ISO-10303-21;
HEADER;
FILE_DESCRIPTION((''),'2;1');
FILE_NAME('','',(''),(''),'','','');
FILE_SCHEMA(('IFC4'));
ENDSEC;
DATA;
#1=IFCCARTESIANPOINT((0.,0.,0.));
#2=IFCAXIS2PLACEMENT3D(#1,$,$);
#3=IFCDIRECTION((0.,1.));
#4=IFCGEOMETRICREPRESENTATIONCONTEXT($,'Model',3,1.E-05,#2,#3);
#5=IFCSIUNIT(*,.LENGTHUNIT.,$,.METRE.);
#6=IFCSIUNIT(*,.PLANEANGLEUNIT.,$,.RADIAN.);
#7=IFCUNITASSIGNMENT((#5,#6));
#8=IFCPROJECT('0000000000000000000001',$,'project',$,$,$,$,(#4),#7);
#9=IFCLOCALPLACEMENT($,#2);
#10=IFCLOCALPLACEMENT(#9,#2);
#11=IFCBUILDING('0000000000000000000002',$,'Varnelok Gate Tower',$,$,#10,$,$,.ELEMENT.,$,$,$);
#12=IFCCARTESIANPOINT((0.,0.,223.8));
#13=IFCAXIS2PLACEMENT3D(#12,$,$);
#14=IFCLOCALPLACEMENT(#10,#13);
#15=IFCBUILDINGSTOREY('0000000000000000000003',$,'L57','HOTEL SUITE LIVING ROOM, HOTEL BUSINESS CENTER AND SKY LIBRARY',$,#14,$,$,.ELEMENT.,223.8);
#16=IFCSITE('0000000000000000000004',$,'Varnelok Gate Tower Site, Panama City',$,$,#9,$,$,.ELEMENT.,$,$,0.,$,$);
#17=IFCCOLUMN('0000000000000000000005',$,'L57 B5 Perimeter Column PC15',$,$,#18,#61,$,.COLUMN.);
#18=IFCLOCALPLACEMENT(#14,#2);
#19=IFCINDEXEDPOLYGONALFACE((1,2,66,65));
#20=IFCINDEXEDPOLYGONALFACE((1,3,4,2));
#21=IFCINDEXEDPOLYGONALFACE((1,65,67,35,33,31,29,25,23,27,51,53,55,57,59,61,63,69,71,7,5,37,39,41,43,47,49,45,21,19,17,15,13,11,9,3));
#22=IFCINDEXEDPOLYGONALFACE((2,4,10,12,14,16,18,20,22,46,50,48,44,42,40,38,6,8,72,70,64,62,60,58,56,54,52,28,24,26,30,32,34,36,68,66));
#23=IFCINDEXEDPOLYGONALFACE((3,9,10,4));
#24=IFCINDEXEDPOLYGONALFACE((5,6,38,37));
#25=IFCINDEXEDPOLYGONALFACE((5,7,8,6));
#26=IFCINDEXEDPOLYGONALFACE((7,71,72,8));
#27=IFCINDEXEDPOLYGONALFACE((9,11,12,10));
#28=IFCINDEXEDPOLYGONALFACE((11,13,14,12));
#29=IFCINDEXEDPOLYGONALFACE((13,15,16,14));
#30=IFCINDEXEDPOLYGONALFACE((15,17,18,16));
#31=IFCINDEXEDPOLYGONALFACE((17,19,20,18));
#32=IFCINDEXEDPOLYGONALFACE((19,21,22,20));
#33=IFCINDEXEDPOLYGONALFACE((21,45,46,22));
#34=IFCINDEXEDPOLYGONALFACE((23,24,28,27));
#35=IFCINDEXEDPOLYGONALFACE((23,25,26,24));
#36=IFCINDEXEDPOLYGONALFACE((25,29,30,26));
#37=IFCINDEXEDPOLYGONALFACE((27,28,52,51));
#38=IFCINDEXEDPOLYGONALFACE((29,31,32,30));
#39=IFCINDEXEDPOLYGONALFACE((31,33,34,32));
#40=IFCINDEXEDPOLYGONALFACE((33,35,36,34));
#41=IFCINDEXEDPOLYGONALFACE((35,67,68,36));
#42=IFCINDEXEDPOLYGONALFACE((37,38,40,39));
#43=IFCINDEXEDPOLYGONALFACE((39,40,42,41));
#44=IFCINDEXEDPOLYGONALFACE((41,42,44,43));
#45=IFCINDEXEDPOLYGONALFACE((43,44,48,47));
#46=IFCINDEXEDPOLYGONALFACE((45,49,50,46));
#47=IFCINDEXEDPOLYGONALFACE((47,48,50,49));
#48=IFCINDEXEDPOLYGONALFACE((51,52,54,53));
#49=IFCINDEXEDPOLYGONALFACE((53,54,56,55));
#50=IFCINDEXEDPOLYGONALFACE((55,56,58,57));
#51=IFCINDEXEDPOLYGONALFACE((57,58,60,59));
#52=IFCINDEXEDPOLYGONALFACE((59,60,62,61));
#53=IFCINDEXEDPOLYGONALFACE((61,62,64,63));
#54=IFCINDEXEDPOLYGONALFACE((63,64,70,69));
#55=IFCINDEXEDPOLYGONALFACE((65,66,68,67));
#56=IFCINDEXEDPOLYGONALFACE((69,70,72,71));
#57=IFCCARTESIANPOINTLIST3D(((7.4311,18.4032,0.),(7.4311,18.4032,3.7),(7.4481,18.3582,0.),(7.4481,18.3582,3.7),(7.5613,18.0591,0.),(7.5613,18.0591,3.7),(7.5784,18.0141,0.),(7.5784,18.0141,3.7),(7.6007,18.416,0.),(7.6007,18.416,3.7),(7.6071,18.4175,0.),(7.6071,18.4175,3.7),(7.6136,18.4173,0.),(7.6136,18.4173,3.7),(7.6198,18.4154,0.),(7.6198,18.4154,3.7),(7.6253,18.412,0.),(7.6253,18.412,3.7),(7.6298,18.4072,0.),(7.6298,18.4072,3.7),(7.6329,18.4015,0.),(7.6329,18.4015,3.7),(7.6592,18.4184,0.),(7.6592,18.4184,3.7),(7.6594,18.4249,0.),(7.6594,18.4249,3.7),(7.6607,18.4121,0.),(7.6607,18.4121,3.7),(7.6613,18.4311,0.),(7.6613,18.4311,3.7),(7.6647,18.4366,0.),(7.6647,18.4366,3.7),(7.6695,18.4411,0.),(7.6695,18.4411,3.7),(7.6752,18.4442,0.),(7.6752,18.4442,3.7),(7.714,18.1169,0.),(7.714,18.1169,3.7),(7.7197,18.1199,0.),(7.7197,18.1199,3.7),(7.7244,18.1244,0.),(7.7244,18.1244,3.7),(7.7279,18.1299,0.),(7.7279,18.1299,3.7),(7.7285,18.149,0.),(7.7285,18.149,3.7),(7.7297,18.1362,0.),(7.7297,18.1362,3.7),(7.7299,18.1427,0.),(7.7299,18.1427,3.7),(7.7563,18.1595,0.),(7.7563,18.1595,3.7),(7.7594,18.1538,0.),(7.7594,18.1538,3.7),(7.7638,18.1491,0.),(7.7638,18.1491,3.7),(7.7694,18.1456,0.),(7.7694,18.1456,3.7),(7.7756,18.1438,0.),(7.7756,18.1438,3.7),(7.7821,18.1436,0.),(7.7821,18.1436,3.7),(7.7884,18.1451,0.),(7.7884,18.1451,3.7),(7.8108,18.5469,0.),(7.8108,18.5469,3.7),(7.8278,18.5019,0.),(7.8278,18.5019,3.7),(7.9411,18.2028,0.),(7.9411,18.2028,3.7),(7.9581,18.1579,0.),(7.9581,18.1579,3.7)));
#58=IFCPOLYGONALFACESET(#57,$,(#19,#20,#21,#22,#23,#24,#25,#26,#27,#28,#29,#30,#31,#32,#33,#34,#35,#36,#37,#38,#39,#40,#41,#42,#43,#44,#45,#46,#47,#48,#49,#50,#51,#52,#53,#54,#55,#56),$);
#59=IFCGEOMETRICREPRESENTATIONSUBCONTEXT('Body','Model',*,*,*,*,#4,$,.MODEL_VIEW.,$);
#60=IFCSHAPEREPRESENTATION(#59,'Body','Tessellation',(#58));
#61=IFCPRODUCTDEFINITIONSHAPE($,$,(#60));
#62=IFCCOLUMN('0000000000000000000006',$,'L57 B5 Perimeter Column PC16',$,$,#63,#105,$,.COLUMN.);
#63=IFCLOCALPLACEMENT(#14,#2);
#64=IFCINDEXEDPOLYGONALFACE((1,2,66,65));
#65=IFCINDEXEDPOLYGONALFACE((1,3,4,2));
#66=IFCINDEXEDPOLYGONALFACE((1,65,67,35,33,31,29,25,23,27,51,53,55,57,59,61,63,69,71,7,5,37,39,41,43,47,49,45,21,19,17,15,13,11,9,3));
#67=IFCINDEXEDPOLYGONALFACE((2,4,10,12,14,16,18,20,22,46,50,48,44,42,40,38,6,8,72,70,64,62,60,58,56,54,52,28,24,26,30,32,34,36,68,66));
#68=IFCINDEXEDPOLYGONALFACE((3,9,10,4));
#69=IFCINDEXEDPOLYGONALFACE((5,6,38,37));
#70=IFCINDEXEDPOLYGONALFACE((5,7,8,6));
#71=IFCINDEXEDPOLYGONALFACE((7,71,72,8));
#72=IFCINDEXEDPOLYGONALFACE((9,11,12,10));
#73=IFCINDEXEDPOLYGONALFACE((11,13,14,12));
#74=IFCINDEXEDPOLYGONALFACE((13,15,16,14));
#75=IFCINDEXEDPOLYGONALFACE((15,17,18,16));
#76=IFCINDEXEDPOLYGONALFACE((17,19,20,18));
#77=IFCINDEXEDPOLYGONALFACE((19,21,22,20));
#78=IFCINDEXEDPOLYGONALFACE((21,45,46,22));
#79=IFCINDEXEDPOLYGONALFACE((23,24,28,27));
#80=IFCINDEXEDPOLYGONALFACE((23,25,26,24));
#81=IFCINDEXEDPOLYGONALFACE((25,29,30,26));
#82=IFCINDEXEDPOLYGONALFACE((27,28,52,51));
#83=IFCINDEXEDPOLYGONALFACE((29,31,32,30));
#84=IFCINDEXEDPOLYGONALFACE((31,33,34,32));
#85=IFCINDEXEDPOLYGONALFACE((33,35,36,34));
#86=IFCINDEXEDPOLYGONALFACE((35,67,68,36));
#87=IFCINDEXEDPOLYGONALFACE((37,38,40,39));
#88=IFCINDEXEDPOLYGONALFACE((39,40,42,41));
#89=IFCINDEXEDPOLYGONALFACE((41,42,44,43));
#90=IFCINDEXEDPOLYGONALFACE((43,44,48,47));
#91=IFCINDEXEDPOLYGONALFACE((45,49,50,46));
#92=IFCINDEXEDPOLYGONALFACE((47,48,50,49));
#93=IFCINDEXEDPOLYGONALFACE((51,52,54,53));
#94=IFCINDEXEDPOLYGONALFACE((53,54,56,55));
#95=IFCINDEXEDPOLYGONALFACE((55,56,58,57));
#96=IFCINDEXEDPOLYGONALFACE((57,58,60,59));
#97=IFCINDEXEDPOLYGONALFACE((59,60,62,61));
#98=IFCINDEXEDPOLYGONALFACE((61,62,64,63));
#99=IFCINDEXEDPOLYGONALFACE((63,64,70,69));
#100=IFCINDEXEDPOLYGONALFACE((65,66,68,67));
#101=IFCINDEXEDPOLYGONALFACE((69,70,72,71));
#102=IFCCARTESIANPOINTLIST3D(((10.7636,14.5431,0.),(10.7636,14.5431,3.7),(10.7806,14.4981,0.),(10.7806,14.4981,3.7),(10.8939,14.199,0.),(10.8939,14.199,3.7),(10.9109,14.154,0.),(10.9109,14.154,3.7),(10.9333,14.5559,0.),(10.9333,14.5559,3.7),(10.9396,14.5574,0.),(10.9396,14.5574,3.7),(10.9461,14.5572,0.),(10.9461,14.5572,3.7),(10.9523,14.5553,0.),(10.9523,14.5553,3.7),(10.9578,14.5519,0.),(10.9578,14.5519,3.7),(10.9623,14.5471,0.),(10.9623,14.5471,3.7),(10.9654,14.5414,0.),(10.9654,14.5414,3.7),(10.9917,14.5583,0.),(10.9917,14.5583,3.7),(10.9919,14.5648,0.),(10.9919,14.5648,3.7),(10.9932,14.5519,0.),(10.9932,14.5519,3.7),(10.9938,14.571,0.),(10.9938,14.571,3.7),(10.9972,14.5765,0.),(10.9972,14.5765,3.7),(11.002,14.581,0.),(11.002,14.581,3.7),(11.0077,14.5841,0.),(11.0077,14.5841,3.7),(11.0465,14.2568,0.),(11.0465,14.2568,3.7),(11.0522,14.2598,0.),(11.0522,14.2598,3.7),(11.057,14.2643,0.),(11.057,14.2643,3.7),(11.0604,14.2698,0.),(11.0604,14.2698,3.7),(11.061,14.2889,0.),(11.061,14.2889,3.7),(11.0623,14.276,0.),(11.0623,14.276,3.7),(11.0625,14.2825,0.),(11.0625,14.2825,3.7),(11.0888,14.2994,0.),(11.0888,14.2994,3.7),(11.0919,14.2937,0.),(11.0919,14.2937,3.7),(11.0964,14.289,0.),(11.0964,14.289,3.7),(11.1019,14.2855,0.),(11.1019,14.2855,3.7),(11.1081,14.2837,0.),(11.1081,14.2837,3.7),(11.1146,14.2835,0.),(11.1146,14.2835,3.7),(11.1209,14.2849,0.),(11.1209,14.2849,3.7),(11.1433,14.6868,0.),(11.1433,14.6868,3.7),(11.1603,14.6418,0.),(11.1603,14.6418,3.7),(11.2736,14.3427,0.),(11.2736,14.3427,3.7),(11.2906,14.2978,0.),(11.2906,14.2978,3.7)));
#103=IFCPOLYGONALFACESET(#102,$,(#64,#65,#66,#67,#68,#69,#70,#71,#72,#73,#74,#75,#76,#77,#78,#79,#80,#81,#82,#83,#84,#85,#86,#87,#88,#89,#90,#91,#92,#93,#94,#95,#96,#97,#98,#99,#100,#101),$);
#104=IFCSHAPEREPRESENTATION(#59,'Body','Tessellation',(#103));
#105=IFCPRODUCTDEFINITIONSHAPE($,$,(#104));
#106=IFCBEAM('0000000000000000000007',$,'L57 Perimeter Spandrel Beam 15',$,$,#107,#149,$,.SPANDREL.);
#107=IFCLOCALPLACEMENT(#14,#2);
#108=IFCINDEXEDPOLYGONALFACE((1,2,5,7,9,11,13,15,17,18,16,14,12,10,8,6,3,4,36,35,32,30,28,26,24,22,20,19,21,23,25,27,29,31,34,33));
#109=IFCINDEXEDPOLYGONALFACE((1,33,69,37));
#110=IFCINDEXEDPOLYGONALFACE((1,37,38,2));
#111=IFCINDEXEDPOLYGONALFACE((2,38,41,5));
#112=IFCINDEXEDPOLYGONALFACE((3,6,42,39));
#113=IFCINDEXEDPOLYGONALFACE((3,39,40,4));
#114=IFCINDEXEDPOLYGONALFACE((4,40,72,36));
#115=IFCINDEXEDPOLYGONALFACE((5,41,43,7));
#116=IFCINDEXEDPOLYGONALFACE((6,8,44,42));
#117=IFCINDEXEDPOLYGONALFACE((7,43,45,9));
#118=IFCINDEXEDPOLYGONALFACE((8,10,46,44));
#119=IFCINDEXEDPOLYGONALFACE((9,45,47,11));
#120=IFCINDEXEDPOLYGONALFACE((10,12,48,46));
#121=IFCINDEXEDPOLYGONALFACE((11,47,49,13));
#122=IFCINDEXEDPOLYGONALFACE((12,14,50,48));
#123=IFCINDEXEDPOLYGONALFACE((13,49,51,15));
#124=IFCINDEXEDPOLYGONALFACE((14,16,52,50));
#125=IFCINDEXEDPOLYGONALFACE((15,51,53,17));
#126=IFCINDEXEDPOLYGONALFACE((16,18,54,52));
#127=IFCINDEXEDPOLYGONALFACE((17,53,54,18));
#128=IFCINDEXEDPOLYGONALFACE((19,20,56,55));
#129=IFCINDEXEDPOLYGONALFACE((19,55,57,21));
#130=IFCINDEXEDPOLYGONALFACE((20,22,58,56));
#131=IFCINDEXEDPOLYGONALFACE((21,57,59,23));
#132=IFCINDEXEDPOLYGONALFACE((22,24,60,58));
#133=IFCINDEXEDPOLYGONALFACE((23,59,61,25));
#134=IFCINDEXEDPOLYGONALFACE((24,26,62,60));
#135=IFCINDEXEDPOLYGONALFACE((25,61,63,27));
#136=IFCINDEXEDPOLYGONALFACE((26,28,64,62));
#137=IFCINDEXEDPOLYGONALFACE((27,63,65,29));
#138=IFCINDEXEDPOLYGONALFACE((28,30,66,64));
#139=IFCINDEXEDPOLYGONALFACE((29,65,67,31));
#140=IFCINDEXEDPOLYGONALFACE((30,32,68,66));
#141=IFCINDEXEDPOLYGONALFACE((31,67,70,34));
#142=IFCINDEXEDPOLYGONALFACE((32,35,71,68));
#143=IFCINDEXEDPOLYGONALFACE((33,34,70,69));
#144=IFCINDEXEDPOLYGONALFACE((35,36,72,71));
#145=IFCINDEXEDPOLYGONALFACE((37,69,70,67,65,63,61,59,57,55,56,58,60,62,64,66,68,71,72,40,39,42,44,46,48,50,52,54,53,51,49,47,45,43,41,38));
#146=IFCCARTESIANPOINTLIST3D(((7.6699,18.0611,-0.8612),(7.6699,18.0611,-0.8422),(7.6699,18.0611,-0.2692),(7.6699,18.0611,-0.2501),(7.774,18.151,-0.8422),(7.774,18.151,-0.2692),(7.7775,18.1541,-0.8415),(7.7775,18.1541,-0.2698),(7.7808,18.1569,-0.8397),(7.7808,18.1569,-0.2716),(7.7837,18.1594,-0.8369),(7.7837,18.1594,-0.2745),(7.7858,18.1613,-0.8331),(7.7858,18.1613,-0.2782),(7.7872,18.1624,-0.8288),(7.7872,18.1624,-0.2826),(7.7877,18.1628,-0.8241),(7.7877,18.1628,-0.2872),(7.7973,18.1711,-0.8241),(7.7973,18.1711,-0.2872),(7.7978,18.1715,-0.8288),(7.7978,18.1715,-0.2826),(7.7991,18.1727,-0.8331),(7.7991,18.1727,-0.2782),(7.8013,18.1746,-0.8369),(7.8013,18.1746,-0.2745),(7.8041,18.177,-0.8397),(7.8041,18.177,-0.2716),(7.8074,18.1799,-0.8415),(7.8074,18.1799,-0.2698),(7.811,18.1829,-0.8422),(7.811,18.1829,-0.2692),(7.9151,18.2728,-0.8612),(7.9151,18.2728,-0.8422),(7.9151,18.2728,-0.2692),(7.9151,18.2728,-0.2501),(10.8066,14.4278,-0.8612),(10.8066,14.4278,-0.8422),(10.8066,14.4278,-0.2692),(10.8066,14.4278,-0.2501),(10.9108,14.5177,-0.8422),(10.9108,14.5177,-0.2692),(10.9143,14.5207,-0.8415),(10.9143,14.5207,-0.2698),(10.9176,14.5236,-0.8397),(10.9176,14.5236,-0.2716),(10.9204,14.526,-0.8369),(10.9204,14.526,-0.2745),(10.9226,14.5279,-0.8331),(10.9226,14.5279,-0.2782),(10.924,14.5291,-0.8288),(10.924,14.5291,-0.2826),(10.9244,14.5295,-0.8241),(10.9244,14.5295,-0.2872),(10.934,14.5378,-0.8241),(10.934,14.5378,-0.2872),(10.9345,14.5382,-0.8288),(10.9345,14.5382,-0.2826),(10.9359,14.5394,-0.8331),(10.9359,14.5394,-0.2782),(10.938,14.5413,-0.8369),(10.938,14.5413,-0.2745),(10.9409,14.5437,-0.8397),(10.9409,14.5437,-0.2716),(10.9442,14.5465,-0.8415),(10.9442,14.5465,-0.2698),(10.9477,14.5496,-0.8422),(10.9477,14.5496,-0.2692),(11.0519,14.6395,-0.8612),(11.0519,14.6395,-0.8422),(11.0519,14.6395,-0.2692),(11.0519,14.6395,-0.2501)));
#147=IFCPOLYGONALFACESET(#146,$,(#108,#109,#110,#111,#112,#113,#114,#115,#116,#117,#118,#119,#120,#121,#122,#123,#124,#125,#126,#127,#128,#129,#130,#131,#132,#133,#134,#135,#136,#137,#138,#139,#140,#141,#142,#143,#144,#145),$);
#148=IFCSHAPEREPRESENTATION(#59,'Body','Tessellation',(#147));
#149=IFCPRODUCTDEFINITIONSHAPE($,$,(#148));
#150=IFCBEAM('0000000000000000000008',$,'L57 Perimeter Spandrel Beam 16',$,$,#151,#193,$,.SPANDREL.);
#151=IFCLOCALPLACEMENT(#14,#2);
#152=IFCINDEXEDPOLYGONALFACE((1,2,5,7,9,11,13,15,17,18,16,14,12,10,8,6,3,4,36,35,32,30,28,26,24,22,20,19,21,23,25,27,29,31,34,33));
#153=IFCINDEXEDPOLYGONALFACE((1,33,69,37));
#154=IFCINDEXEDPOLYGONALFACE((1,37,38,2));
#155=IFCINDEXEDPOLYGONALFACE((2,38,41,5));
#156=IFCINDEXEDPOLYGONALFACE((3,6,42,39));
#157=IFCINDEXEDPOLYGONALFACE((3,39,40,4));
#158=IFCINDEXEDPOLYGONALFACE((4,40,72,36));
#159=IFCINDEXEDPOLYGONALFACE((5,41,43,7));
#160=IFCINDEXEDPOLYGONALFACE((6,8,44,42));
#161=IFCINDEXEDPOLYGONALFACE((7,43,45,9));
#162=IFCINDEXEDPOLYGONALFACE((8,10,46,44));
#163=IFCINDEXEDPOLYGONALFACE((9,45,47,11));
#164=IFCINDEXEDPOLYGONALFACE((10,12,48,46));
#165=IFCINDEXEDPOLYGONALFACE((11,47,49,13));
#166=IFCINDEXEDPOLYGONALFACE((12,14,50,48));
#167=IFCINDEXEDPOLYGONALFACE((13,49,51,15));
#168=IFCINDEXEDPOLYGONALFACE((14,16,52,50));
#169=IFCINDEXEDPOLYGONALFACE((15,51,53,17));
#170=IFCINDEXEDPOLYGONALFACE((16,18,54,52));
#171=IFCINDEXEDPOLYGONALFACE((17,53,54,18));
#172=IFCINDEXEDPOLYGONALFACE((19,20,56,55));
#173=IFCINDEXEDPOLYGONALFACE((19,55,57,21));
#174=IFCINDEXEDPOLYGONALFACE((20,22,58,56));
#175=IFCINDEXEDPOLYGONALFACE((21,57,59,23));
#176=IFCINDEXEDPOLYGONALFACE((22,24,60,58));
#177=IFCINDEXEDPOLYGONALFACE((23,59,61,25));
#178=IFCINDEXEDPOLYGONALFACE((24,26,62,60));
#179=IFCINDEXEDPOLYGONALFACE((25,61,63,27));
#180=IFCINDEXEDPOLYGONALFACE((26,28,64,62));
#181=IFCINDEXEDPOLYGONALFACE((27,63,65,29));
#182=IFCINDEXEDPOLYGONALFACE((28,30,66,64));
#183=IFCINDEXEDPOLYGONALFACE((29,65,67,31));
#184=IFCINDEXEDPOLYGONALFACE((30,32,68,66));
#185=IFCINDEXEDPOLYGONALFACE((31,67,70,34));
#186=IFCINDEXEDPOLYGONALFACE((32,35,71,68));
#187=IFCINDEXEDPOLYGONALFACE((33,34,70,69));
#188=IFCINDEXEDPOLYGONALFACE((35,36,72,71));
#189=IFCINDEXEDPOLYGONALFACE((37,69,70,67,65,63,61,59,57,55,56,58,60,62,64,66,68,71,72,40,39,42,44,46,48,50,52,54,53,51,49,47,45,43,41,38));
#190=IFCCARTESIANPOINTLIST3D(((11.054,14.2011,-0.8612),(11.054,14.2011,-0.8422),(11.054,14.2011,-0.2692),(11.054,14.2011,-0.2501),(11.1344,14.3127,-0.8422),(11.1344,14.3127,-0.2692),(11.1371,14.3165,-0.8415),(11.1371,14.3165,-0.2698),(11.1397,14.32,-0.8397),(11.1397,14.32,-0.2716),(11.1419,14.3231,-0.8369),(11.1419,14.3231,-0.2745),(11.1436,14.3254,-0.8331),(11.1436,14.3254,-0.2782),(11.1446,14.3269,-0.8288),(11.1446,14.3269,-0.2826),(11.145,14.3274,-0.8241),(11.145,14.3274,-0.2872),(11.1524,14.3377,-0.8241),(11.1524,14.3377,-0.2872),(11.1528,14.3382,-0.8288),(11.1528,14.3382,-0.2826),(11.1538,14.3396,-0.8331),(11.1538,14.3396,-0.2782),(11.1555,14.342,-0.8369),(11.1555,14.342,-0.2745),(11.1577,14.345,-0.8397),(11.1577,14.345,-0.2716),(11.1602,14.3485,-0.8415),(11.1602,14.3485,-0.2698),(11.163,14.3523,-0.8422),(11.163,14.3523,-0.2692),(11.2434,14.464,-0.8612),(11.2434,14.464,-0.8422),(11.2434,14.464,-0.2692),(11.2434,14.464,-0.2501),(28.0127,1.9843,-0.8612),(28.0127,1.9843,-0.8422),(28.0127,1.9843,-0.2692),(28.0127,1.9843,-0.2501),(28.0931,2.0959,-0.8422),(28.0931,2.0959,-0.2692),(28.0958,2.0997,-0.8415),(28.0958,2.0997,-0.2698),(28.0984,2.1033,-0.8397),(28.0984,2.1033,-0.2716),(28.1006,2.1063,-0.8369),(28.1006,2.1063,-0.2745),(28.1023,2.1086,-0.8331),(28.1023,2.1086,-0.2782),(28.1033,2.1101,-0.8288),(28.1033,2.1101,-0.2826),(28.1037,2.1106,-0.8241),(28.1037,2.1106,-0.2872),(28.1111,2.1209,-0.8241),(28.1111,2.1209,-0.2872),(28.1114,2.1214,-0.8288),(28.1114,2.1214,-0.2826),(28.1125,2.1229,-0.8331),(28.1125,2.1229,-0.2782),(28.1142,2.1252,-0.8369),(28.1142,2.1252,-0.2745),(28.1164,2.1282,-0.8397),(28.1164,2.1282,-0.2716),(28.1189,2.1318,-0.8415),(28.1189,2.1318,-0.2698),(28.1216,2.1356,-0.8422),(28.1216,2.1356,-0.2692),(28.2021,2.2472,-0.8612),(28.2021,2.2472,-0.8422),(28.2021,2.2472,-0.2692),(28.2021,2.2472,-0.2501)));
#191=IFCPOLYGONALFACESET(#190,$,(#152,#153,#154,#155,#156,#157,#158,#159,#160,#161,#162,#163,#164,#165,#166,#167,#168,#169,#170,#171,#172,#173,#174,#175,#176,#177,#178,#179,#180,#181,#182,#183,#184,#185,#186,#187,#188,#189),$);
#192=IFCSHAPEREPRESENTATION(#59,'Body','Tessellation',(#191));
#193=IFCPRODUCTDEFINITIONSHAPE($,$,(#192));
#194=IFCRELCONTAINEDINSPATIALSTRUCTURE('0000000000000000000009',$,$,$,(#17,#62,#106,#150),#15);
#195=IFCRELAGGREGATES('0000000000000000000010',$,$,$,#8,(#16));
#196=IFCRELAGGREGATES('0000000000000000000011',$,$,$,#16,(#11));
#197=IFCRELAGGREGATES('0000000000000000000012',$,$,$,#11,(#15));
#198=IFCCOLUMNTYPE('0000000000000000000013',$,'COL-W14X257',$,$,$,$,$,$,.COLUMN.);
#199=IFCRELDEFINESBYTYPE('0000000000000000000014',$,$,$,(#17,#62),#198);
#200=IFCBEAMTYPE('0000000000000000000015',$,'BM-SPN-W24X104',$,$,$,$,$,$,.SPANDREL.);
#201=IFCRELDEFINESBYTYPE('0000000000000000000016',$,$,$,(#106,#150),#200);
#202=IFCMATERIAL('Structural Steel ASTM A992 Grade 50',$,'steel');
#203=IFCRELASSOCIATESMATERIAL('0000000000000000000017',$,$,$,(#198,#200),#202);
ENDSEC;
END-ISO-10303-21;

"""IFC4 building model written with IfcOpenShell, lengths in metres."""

from ifc_helpers import new_model, si_unit, direction, frame, origin, origin_2d, place, context, subcontext, project, spatial, i_section, extrude, material, material_profile, profile_set, type_object, element, save


model = new_model("IFC4")

# Units and contexts
model_context = context("Model", 3, precision=1e-05, world=origin(), true_north=direction((0.0, 1.0)))
body_context = subcontext(model_context, "Body", "Model", "MODEL_VIEW")
ifc_project = project(units=[si_unit("LENGTHUNIT", "METRE"), si_unit("PLANEANGLEUNIT", "RADIAN")], contexts=[model_context])

# Site, building, storey
site_placement = place(None, origin())
site = spatial("IfcSite", under=ifc_project, at=site_placement, Name="Varnelok Gate Tower Site, Panama City", CompositionType="ELEMENT", RefElevation=0.0)
building_placement = place(site_placement, origin())
building = spatial("IfcBuilding", under=site, at=building_placement, Name="Varnelok Gate Tower", CompositionType="ELEMENT")
storey_placement = place(building_placement, frame((0.0, 0.0, 223.8)))
storey = spatial("IfcBuildingStorey", under=building, at=storey_placement, Name="L57", Description="HOTEL SUITE LIVING ROOM, HOTEL BUSINESS CENTER AND SKY LIBRARY", CompositionType="ELEMENT", Elevation=223.8)

# Columns
ifc_material_1 = material(Name="Structural Steel ASTM A992 Grade 50", Category="steel")
ifc_material_profile_1 = material_profile(ifc_material_1, i_section(OverallWidth=0.406, OverallDepth=0.416, WebThickness=0.0298, FlangeThickness=0.0481, FilletRadius=0.0249, at=origin_2d()), Name="W14X257")
ifc_profile_set_1 = profile_set([ifc_material_profile_1], Name="Structural Steel ASTM A992 Grade 50")
column_type = type_object("IfcColumnType", Name="COL-W14X257", PredefinedType="COLUMN", material=ifc_profile_set_1)
for number, where, z_axis, x_axis, name in (
    (1, (7.6946, 18.2805, 0.0), (0.0, 0.0, 1.0), (0.935222, 0.354063, 0.0), "L57 B5 Perimeter Column PC15"),
    (2, (11.0271, 14.4204, 0.0), (0.0, 0.0, 1.0), (0.935222, 0.354063, 0.0), "L57 B5 Perimeter Column PC16"),
):
    element("IfcColumn", number, at=place(storey_placement, frame(where, z_axis=z_axis, x_axis=x_axis)), inside=storey, type_object=column_type, Name=name, PredefinedType="COLUMN", context=body_context, shape_type="SweptSolid", body=[
        extrude(i_section(OverallWidth=0.406, OverallDepth=0.416, WebThickness=0.0298, FlangeThickness=0.0481, FilletRadius=0.0249, at=origin_2d()), origin(), (0.0, 0.0, 1.0), 3.7),
    ])

# Beams
ifc_material_profile_2 = material_profile(ifc_material_1, i_section(OverallWidth=0.324, OverallDepth=0.6111, WebThickness=0.0127, FlangeThickness=0.019, FilletRadius=0.0181, at=origin_2d()), Name="W24X104")
ifc_profile_set_2 = profile_set([ifc_material_profile_2], Name="Structural Steel ASTM A992 Grade 50")
beam_type = type_object("IfcBeamType", Name="BM-SPN-W24X104", PredefinedType="SPANDREL", material=ifc_profile_set_2)
beam_1_placement = place(storey_placement, frame((7.7925, 18.167, -0.5557), z_axis=(0.653485, -0.75694, 0.0), x_axis=(0.75694, 0.653485, 0.0)))
element("IfcBeam", 3, at=beam_1_placement, inside=storey, type_object=beam_type, Name="L57 Perimeter Spandrel Beam 15", PredefinedType="SPANDREL", context=body_context, shape_type="SweptSolid", body=[
    extrude(i_section(OverallWidth=0.324, OverallDepth=0.6111, WebThickness=0.0127, FlangeThickness=0.019, FilletRadius=0.0181, at=origin_2d()), origin(), (0.0, 0.0, 1.0), 4.8),
])
beam_2_placement = place(storey_placement, frame((11.1487, 14.3325, -0.5557), z_axis=(0.811387, -0.58451, 0.0), x_axis=(0.58451, 0.811387, 0.0)))
element("IfcBeam", 4, at=beam_2_placement, inside=storey, type_object=beam_type, Name="L57 Perimeter Spandrel Beam 16", PredefinedType="SPANDREL", context=body_context, shape_type="SweptSolid", body=[
    extrude(i_section(OverallWidth=0.324, OverallDepth=0.6111, WebThickness=0.0127, FlangeThickness=0.019, FilletRadius=0.0181, at=origin_2d()), origin(), (0.0, 0.0, 1.0), 20.9009),
])

save(model, "model.ifc")
